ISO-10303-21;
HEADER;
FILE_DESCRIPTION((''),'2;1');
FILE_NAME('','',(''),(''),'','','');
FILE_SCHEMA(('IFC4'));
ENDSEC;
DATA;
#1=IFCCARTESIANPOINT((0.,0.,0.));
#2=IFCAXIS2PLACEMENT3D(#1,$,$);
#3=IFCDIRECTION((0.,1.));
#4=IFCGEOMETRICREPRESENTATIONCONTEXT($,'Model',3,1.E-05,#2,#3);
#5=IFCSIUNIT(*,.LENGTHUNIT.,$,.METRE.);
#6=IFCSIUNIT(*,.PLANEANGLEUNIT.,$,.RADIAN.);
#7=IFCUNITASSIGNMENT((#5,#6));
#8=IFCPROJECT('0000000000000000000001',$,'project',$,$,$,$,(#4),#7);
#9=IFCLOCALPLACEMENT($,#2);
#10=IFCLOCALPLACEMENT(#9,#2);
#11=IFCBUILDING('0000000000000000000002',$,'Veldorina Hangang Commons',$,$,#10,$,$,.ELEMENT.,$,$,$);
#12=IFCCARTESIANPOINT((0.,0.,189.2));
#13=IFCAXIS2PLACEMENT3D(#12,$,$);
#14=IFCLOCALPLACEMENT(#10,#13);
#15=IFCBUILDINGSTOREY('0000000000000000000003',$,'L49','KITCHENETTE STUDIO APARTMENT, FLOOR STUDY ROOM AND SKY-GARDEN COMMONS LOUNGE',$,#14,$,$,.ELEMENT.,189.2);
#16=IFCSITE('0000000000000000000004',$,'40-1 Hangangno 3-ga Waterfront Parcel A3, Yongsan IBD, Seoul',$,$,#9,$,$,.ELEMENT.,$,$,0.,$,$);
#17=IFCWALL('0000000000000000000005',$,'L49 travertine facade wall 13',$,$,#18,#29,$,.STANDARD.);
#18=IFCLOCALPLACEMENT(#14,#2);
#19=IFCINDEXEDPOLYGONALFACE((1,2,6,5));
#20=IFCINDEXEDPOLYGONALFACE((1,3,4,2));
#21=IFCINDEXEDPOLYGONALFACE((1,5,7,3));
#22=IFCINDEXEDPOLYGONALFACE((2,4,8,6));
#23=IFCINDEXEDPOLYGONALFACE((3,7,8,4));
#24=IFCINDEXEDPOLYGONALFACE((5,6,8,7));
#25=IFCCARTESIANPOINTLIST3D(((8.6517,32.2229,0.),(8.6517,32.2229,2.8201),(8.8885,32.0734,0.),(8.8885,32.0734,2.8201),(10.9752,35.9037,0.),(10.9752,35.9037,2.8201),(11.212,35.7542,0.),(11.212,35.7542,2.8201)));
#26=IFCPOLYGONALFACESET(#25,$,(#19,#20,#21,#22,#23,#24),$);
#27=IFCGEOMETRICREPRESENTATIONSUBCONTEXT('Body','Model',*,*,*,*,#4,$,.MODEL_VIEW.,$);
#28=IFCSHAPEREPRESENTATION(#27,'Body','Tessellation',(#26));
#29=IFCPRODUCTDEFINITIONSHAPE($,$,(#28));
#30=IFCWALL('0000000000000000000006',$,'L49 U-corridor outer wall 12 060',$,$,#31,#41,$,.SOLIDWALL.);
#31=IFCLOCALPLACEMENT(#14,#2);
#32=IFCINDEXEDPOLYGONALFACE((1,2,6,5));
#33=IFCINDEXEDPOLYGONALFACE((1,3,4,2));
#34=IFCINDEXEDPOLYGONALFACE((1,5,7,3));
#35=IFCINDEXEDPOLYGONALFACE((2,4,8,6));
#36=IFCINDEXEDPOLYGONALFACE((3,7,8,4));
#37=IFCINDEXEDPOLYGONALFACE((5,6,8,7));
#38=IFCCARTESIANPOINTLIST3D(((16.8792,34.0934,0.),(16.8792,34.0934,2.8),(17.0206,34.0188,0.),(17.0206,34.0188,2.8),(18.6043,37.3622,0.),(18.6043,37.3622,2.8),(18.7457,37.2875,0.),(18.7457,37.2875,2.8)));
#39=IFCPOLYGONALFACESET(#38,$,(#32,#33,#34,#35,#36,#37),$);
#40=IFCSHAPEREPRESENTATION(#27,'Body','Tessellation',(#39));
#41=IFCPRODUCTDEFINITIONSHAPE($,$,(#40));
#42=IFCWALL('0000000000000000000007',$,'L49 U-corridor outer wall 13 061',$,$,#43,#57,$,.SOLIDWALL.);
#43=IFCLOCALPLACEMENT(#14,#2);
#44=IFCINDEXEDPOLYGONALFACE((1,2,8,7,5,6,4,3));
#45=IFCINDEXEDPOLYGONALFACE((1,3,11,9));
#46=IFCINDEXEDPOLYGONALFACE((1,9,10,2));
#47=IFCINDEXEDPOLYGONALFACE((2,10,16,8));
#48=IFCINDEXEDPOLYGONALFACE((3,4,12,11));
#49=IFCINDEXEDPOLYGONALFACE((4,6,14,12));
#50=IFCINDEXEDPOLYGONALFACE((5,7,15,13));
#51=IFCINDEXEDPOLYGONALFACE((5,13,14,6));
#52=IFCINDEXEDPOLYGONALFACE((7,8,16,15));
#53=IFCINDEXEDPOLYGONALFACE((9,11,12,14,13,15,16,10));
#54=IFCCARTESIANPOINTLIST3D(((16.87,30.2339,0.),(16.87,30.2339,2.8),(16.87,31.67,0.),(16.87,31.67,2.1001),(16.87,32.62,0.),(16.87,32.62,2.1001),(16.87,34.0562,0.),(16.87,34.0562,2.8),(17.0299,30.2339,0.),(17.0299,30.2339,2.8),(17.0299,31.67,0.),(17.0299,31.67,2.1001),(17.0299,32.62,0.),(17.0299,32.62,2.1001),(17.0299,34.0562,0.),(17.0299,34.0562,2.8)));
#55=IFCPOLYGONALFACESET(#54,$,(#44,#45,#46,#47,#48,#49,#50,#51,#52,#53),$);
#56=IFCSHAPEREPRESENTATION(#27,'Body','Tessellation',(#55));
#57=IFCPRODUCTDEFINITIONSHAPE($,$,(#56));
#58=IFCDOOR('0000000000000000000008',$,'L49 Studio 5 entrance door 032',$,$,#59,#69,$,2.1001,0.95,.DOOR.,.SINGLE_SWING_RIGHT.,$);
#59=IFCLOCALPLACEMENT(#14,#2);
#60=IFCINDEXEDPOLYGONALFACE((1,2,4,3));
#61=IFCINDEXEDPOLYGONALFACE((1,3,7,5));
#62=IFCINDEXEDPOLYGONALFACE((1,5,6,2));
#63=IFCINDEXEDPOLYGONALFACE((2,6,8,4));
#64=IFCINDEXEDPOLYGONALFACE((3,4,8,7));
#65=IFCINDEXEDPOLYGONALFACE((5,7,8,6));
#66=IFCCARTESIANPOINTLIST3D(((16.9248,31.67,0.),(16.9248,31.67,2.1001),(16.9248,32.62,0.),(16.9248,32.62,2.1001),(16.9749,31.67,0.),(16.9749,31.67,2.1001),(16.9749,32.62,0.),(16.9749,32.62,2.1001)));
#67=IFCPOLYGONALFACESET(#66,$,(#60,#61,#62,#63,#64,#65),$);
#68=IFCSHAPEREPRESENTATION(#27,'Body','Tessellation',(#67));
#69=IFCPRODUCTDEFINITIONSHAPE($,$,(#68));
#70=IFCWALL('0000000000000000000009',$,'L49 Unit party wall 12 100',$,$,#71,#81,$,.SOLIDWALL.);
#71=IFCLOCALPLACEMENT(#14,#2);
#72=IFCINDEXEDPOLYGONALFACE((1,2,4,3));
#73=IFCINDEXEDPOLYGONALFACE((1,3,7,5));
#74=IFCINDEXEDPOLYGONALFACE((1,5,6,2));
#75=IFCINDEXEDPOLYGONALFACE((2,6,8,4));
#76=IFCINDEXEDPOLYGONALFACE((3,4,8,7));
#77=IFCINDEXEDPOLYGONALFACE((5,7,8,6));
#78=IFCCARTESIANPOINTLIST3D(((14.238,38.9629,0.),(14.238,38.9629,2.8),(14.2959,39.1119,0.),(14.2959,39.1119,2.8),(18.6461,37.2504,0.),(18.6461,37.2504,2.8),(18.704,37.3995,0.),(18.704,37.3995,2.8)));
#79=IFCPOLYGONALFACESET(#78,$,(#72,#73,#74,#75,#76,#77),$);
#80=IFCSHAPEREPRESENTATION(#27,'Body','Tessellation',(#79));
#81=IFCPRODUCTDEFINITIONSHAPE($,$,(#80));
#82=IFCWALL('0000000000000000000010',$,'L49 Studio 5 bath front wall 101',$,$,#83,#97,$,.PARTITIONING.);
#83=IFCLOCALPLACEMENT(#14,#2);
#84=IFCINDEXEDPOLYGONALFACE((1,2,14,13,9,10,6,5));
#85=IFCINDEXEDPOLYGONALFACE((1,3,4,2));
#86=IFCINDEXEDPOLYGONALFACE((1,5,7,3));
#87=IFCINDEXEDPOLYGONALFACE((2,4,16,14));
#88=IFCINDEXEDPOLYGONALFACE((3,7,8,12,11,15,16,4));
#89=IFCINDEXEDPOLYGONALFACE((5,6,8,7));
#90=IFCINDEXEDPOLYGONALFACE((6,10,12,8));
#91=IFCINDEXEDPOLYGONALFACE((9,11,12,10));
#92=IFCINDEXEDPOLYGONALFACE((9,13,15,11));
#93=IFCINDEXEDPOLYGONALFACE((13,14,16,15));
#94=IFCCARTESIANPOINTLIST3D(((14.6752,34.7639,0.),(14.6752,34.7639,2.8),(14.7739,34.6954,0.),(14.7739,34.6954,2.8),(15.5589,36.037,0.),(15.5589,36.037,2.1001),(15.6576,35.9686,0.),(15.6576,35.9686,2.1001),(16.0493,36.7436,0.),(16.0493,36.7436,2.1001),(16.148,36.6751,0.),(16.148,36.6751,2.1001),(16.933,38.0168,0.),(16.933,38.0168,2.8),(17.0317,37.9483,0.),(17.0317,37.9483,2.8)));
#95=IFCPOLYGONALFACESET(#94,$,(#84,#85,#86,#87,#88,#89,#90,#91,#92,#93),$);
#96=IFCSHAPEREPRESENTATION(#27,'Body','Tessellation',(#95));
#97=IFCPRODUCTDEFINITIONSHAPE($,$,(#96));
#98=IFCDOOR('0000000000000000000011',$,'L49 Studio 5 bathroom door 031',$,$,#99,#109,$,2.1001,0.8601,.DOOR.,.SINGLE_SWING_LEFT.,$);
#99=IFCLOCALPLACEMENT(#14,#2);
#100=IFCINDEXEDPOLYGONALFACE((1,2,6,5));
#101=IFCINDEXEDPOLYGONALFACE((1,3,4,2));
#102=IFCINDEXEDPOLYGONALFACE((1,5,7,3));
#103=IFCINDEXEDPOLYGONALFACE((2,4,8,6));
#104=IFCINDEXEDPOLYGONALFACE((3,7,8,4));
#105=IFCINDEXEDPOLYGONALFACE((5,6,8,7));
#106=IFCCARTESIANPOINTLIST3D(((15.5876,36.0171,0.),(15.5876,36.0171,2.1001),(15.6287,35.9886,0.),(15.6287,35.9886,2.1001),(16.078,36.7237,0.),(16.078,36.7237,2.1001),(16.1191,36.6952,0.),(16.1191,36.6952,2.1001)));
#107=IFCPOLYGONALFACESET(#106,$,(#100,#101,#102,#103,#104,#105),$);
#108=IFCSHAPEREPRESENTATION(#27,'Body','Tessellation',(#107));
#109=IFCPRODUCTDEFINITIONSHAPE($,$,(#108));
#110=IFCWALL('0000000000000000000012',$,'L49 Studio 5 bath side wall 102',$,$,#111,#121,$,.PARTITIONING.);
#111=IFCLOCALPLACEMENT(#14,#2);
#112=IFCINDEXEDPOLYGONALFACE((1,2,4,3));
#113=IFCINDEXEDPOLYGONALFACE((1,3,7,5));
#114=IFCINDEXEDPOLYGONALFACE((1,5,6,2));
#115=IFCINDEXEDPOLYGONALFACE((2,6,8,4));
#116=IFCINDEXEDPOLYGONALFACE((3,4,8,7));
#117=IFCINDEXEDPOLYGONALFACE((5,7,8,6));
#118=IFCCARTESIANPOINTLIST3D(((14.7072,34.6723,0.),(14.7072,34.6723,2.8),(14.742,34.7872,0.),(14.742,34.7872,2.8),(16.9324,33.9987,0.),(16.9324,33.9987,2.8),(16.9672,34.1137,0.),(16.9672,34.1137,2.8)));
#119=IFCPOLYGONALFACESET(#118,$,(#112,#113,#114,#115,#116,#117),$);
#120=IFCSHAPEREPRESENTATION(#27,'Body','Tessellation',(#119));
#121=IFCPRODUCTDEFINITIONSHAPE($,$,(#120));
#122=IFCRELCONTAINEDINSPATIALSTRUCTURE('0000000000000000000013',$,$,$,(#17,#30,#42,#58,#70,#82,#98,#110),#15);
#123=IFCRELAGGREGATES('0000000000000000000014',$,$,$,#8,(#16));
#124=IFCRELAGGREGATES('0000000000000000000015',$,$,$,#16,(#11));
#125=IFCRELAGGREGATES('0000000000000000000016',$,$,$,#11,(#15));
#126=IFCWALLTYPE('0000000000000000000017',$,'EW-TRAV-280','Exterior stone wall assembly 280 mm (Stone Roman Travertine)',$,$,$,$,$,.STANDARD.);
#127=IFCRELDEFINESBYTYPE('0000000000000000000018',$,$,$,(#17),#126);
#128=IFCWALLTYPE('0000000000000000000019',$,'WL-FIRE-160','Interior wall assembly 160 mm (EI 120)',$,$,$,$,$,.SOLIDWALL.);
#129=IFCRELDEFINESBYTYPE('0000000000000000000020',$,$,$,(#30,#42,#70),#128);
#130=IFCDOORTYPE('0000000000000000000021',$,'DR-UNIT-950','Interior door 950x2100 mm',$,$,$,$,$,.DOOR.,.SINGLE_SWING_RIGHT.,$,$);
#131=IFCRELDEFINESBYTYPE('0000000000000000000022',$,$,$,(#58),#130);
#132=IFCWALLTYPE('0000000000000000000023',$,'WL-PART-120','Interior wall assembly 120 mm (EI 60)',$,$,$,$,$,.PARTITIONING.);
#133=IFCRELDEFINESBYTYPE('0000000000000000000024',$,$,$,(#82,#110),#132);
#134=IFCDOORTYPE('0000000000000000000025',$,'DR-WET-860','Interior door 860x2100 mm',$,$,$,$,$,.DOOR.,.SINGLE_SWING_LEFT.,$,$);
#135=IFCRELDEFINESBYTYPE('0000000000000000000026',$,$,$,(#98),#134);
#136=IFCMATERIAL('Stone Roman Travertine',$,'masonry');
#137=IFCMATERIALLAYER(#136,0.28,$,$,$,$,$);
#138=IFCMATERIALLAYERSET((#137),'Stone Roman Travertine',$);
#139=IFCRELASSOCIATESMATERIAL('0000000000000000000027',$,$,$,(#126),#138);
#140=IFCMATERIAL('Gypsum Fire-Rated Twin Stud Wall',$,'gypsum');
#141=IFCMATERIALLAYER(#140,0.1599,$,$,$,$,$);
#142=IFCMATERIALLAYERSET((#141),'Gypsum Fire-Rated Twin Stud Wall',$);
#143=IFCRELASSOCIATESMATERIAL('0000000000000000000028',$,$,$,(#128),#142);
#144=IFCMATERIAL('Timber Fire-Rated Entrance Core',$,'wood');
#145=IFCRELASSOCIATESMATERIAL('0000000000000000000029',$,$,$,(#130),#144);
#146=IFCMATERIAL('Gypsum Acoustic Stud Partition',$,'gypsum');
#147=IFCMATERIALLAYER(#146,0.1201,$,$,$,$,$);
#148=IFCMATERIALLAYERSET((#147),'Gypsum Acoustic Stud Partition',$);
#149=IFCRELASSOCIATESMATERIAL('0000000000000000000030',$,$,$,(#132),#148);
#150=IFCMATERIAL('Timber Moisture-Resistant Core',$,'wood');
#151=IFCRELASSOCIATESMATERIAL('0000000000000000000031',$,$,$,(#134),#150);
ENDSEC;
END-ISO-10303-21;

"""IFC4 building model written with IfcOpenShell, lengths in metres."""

from ifc_helpers import new_model, si_unit, direction, frame, frame_2d, origin, place, context, subcontext, project, spatial, rectangle, extrude, material, layer, layer_set, type_object, element, fill, save


model = new_model("IFC4")

# Units and contexts
model_context = context("Model", 3, precision=1e-05, world=origin(), true_north=direction((0.0, 1.0)))
body_context = subcontext(model_context, "Body", "Model", "MODEL_VIEW")
ifc_project = project(units=[si_unit("LENGTHUNIT", "METRE"), si_unit("PLANEANGLEUNIT", "RADIAN")], contexts=[model_context])

# Site, building, storey
site_placement = place(None, origin())
site = spatial("IfcSite", under=ifc_project, at=site_placement, Name="40-1 Hangangno 3-ga Waterfront Parcel A3, Yongsan IBD, Seoul", CompositionType="ELEMENT", RefElevation=0.0)
building_placement = place(site_placement, origin())
building = spatial("IfcBuilding", under=site, at=building_placement, Name="Veldorina Hangang Commons", CompositionType="ELEMENT")
storey_placement = place(building_placement, frame((0.0, 0.0, 189.2)))
storey = spatial("IfcBuildingStorey", under=building, at=storey_placement, Name="L49", Description="KITCHENETTE STUDIO APARTMENT, FLOOR STUDY ROOM AND SKY-GARDEN COMMONS LOUNGE", CompositionType="ELEMENT", Elevation=189.2)

# Shared definitions
ifc_material_1 = material(Name="Stone Roman Travertine", Category="masonry")
ifc_layer_1 = layer(ifc_material_1, 0.28)
ifc_layer_set_1 = layer_set([ifc_layer_1], Name="Stone Roman Travertine")
wall_type_1 = type_object("IfcWallType", Name="EW-TRAV-280", Description="Exterior stone wall assembly 280 mm (Stone Roman Travertine)", PredefinedType="STANDARD", material=ifc_layer_set_1)

# Walls
wall_1_placement = place(storey_placement, frame((11.0935, 35.8289, 0.0), z_axis=(0.0, 0.0, 1.0), x_axis=(-0.53378, -0.845623, 0.0)))
element("IfcWall", 1, at=wall_1_placement, inside=storey, type_object=wall_type_1, Name="L49 travertine facade wall 13", PredefinedType="STANDARD", context=body_context, shape_type="SweptSolid", body=[
    extrude(rectangle(XDim=4.3528, YDim=0.28, at=frame_2d((2.1763, 0.0))), origin(), (0.0, 0.0, 1.0), 2.8201),
])
ifc_material_2 = material(Name="Gypsum Fire-Rated Twin Stud Wall", Category="gypsum")
ifc_layer_2 = layer(ifc_material_2, 0.1599)
ifc_layer_set_2 = layer_set([ifc_layer_2], Name="Gypsum Fire-Rated Twin Stud Wall")
wall_type_2 = type_object("IfcWallType", Name="WL-FIRE-160", Description="Interior wall assembly 160 mm (EI 120)", PredefinedType="SOLIDWALL", material=ifc_layer_set_2)
wall_2_placement = place(storey_placement, frame((18.675, 37.325, 0.0), z_axis=(0.0, 0.0, 1.0), x_axis=(-0.466737, -0.884396, 0.0)))
element("IfcWall", 2, at=wall_2_placement, inside=storey, type_object=wall_type_2, Name="L49 U-corridor outer wall 12 060", PredefinedType="SOLIDWALL", context=body_context, shape_type="SweptSolid", body=[
    extrude(rectangle(XDim=3.696, YDim=0.1599, at=frame_2d((1.8481, 0.0))), origin(), (0.0, 0.0, 1.0), 2.8),
])

# Wall, opening, door
wall_3_placement = place(storey_placement, frame((16.95, 34.0562, 0.0), z_axis=(0.0, 0.0, 1.0), x_axis=(0.0, -1.0, 0.0)))
wall_3 = element("IfcWall", 3, at=wall_3_placement, inside=storey, type_object=wall_type_2, Name="L49 U-corridor outer wall 13 061", PredefinedType="SOLIDWALL", context=body_context, shape_type="SweptSolid", body=[
    extrude(rectangle(XDim=3.8223, YDim=0.1599, at=frame_2d((1.9111, 0.0))), origin(), (0.0, 0.0, 1.0), 2.8),
])
opening_1_placement = place(wall_3_placement, frame((1.436, 0.0, 0.0)))
opening_1 = element("IfcOpeningElement", 4, at=opening_1_placement, cuts=wall_3, PredefinedType="OPENING", context=body_context, shape_type="SweptSolid", body=[
    extrude(rectangle(XDim=0.95, YDim=2.1001, at=frame_2d((0.4751, 1.05))), frame((0.0, 0.0898, 0.0), z_axis=(0.0, -1.0, 0.0), x_axis=(1.0, 0.0, 0.0)), (0.0, 0.0, 1.0), 0.1799),
])
ifc_material_3 = material(Name="Timber Fire-Rated Entrance Core", Category="wood")
door_type_1 = type_object("IfcDoorType", Name="DR-UNIT-950", Description="Interior door 950x2100 mm", OperationType="SINGLE_SWING_RIGHT", PredefinedType="DOOR", material=ifc_material_3)
door_1_placement = place(opening_1_placement, origin())
door_1 = element("IfcDoor", 5, at=door_1_placement, inside=storey, type_object=door_type_1, Name="L49 Studio 5 entrance door 032", OperationType="SINGLE_SWING_RIGHT", OverallHeight=2.1001, OverallWidth=0.95, PredefinedType="DOOR", context=body_context, shape_type="SweptSolid", body=[
    extrude(rectangle(XDim=0.95, YDim=2.1001, at=frame_2d((0.4751, 1.05))), frame((0.0, 0.0249, 0.0), z_axis=(0.0, -1.0, 0.0), x_axis=(1.0, 0.0, 0.0)), (0.0, 0.0, 1.0), 0.05),
])
fill(opening_1, door_1)

# Wall
wall_4_placement = place(storey_placement, frame((18.675, 37.325, 0.0), z_axis=(0.0, 0.0, 1.0), x_axis=(-0.932133, 0.362115, 0.0)))
element("IfcWall", 6, at=wall_4_placement, inside=storey, type_object=wall_type_2, Name="L49 Unit party wall 12 100", PredefinedType="SOLIDWALL", context=body_context, shape_type="SweptSolid", body=[
    extrude(rectangle(XDim=4.729, YDim=0.1599, at=frame_2d((2.3645, 0.0))), origin(), (0.0, 0.0, 1.0), 2.8),
])

# Wall, opening, door
ifc_material_4 = material(Name="Gypsum Acoustic Stud Partition", Category="gypsum")
ifc_layer_3 = layer(ifc_material_4, 0.1201)
ifc_layer_set_3 = layer_set([ifc_layer_3], Name="Gypsum Acoustic Stud Partition")
wall_type_3 = type_object("IfcWallType", Name="WL-PART-120", Description="Interior wall assembly 120 mm (EI 60)", PredefinedType="PARTITIONING", material=ifc_layer_set_3)
wall_5_placement = place(storey_placement, frame((16.9824, 37.9827, 0.0), z_axis=(0.0, 0.0, 1.0), x_axis=(-0.570197, -0.821508, 0.0)))
wall_5 = element("IfcWall", 7, at=wall_5_placement, inside=storey, type_object=wall_type_3, Name="L49 Studio 5 bath front wall 101", PredefinedType="PARTITIONING", context=body_context, shape_type="SweptSolid", body=[
    extrude(rectangle(XDim=3.9597, YDim=0.1201, at=frame_2d((1.98, 0.0))), origin(), (0.0, 0.0, 1.0), 2.8),
])
opening_2_placement = place(wall_5_placement, frame((1.5498, 0.0, 0.0)))
opening_2 = element("IfcOpeningElement", 8, at=opening_2_placement, cuts=wall_5, PredefinedType="OPENING", context=body_context, shape_type="SweptSolid", body=[
    extrude(rectangle(XDim=0.8601, YDim=2.1001, at=frame_2d((0.4302, 1.05))), frame((0.0, 0.0701, 0.0), z_axis=(0.0, -1.0, 0.0), x_axis=(1.0, 0.0, 0.0)), (0.0, 0.0, 1.0), 0.1401),
])
ifc_material_5 = material(Name="Timber Moisture-Resistant Core", Category="wood")
door_type_2 = type_object("IfcDoorType", Name="DR-WET-860", Description="Interior door 860x2100 mm", OperationType="SINGLE_SWING_LEFT", PredefinedType="DOOR", material=ifc_material_5)
door_2_placement = place(opening_2_placement, origin())
door_2 = element("IfcDoor", 9, at=door_2_placement, inside=storey, type_object=door_type_2, Name="L49 Studio 5 bathroom door 031", OperationType="SINGLE_SWING_LEFT", OverallHeight=2.1001, OverallWidth=0.8601, PredefinedType="DOOR", context=body_context, shape_type="SweptSolid", body=[
    extrude(rectangle(XDim=0.8601, YDim=2.1001, at=frame_2d((0.4302, 1.05))), frame((0.0, 0.0249, 0.0), z_axis=(0.0, -1.0, 0.0), x_axis=(1.0, 0.0, 0.0)), (0.0, 0.0, 1.0), 0.05),
])
fill(opening_2, door_2)

# Wall
wall_6_placement = place(storey_placement, frame((16.95, 34.0562, 0.0), z_axis=(0.0, 0.0, 1.0), x_axis=(-0.957115, 0.289707, 0.0)))
element("IfcWall", 10, at=wall_6_placement, inside=storey, type_object=wall_type_3, Name="L49 Studio 5 bath side wall 102", PredefinedType="PARTITIONING", context=body_context, shape_type="SweptSolid", body=[
    extrude(rectangle(XDim=2.325, YDim=0.1201, at=frame_2d((1.1626, 0.0))), origin(), (0.0, 0.0, 1.0), 2.8),
])

save(model, "model.ifc")
